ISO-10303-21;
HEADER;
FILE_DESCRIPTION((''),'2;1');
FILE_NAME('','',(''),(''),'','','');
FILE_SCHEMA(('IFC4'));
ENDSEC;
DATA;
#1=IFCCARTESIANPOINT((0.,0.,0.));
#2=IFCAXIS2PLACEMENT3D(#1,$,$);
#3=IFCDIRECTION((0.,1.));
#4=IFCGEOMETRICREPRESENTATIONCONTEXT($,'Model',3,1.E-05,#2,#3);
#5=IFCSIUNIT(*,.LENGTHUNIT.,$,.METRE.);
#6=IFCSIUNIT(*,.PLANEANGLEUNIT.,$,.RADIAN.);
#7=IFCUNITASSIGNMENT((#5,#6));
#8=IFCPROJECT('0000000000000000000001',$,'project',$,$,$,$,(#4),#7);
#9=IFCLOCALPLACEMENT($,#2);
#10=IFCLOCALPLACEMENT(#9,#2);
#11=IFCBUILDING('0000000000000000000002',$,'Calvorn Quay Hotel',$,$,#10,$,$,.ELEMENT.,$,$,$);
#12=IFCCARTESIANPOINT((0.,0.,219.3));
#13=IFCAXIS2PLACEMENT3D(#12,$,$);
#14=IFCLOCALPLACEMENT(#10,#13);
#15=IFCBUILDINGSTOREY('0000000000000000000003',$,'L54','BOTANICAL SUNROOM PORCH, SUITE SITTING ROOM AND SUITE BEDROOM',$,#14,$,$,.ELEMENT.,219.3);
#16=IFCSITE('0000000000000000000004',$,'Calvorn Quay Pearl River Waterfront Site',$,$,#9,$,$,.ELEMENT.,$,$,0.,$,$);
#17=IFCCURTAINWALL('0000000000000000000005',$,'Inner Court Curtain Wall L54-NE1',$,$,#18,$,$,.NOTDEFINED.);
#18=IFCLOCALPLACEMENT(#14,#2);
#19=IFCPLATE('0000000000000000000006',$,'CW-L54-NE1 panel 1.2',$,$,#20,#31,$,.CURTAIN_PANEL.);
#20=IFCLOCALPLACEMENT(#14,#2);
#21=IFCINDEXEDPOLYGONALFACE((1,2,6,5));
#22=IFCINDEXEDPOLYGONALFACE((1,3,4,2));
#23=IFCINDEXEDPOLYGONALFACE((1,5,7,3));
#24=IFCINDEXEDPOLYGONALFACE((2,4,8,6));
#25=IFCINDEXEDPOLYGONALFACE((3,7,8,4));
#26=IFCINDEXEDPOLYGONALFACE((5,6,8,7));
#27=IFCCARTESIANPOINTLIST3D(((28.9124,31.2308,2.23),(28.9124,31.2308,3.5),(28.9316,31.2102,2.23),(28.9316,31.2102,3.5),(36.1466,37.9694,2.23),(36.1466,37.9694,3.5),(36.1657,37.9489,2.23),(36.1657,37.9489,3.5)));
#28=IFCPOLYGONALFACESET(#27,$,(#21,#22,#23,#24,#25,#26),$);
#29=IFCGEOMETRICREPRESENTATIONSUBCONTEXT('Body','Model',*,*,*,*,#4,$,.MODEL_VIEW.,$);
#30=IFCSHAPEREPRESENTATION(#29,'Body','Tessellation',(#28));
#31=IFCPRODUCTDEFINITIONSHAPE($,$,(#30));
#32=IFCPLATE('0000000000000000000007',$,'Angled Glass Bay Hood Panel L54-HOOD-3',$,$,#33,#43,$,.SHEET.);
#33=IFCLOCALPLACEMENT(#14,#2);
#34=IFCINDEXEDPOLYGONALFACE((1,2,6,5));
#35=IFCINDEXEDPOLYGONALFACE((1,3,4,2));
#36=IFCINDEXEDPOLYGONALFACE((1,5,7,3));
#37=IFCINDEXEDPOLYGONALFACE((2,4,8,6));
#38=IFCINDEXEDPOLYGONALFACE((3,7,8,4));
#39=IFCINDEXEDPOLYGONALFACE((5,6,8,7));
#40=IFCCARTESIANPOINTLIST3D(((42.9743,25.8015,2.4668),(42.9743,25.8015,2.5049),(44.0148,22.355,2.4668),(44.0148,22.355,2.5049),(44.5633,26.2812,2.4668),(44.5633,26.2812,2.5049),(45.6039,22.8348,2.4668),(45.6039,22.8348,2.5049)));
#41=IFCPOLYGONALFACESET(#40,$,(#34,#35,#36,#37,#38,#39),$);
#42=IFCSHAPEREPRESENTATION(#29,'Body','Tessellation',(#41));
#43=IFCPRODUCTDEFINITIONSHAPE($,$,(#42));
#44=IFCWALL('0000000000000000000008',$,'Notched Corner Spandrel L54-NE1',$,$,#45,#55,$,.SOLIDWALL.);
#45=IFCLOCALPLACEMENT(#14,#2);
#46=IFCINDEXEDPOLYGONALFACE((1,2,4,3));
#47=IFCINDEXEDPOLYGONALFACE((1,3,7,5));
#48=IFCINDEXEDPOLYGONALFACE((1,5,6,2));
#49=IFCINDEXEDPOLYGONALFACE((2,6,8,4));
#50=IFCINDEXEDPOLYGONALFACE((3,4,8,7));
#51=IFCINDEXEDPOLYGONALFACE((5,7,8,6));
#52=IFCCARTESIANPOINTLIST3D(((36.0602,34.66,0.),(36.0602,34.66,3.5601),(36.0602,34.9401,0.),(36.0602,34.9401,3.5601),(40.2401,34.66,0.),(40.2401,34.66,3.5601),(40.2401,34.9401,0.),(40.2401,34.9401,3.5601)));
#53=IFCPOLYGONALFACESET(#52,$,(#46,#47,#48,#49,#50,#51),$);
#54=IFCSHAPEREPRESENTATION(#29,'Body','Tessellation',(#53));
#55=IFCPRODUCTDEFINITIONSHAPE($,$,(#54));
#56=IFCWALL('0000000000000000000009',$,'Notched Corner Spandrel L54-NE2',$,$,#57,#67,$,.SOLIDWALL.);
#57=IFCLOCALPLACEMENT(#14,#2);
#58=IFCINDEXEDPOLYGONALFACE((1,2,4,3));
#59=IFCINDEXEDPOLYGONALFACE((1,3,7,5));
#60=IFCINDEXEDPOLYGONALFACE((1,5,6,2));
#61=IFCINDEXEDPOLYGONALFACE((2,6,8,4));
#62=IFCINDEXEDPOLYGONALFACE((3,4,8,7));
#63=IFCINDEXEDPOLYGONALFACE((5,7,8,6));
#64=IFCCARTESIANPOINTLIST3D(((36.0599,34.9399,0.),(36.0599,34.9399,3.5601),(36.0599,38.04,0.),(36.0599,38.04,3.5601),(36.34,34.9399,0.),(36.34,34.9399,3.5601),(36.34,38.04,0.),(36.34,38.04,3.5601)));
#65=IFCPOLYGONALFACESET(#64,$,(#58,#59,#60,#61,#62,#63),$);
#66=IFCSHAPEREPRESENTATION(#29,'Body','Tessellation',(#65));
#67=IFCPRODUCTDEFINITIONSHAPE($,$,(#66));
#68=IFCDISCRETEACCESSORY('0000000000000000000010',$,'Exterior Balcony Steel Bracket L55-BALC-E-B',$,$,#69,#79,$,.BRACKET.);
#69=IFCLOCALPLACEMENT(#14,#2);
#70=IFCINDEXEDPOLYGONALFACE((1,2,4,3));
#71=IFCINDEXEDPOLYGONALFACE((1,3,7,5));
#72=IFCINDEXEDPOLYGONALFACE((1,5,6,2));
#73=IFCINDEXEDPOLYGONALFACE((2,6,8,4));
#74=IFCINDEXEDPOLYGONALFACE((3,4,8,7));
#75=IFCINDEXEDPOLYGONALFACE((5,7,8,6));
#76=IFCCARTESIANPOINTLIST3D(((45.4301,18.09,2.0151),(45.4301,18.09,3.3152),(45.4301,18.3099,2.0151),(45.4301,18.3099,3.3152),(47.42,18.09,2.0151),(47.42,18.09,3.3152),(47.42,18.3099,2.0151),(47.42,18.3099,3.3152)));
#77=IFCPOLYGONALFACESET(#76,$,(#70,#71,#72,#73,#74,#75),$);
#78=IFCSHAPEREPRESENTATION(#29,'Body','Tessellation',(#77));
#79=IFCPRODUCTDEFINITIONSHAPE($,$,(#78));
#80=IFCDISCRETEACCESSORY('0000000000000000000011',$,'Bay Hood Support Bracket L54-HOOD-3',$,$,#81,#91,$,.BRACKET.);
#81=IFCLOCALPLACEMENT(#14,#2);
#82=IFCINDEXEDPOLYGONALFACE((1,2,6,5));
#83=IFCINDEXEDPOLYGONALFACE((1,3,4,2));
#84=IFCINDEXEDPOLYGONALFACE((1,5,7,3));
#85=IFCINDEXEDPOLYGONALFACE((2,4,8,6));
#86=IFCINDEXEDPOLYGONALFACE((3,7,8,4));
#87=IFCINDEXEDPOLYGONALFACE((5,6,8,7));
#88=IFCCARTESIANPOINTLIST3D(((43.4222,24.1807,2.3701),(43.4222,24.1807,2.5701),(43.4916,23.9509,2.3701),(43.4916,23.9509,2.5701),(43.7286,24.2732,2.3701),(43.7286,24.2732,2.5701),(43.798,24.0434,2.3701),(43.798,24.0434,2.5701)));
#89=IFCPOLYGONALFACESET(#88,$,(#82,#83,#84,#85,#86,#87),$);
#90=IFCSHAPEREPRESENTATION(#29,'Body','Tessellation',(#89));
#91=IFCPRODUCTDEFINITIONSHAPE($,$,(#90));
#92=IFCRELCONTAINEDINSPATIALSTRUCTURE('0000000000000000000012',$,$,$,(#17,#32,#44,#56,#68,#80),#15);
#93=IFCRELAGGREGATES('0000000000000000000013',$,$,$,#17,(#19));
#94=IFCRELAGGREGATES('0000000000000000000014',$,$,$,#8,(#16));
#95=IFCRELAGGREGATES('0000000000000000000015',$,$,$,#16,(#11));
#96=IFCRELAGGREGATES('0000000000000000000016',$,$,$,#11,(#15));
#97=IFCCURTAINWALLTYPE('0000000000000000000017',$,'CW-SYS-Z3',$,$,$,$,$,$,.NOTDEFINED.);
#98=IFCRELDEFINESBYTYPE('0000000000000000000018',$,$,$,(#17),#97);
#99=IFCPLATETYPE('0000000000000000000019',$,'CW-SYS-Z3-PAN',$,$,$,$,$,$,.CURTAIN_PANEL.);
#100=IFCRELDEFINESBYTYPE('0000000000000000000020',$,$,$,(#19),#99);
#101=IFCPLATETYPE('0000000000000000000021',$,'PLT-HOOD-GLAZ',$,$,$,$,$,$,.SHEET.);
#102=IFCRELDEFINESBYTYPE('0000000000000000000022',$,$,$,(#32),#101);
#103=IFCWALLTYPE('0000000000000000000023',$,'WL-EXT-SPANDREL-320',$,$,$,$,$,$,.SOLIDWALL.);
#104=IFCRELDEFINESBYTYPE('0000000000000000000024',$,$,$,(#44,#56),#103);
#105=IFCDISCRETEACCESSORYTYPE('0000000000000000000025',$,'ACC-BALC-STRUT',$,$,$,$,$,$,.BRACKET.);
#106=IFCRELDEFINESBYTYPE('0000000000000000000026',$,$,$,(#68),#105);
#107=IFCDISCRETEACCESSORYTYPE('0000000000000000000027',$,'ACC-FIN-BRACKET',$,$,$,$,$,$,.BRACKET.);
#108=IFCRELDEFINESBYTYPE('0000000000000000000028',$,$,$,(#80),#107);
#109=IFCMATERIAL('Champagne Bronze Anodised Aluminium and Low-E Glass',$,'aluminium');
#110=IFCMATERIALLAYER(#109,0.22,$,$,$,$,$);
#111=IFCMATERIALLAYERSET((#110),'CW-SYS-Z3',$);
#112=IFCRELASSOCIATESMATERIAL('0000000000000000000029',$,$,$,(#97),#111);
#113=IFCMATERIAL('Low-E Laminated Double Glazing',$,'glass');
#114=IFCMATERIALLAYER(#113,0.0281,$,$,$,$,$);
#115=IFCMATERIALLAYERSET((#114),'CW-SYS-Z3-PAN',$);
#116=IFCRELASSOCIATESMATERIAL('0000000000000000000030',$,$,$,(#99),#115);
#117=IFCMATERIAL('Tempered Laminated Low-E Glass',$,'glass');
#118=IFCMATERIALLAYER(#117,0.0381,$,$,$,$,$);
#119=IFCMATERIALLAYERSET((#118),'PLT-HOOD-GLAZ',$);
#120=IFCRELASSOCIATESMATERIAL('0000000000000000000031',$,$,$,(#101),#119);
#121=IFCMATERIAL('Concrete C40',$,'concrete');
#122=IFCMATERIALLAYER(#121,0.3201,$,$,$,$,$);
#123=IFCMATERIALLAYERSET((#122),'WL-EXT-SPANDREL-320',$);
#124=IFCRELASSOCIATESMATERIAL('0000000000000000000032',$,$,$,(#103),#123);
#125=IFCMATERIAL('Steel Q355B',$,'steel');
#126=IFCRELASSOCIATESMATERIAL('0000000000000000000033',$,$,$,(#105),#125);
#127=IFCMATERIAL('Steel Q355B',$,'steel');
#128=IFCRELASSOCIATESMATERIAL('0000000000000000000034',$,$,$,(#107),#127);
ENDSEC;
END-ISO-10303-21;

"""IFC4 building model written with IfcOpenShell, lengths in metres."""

from ifc_helpers import new_model, si_unit, direction, frame, frame_2d, origin, origin_2d, place, context, subcontext, project, spatial, rectangle, extrude, material, layer, layer_set, type_object, element, aggregate, save


model = new_model("IFC4")

# Units and contexts
model_context = context("Model", 3, precision=1e-05, world=origin(), true_north=direction((0.0, 1.0)))
body_context = subcontext(model_context, "Body", "Model", "MODEL_VIEW")
ifc_project = project(units=[si_unit("LENGTHUNIT", "METRE"), si_unit("PLANEANGLEUNIT", "RADIAN")], contexts=[model_context])

# Site, building, storey
site_placement = place(None, origin())
site = spatial("IfcSite", under=ifc_project, at=site_placement, Name="Calvorn Quay Pearl River Waterfront Site", CompositionType="ELEMENT", RefElevation=0.0)
building_placement = place(site_placement, origin())
building = spatial("IfcBuilding", under=site, at=building_placement, Name="Calvorn Quay Hotel", CompositionType="ELEMENT")
storey_placement = place(building_placement, frame((0.0, 0.0, 219.3)))
storey = spatial("IfcBuildingStorey", under=building, at=storey_placement, Name="L54", Description="BOTANICAL SUNROOM PORCH, SUITE SITTING ROOM AND SUITE BEDROOM", CompositionType="ELEMENT", Elevation=219.3)

# Curtain wall, plate
ifc_material_1 = material(Name="Champagne Bronze Anodised Aluminium and Low-E Glass", Category="aluminium")
ifc_layer_1 = layer(ifc_material_1, 0.22)
ifc_layer_set_1 = layer_set([ifc_layer_1], Name="CW-SYS-Z3")
curtain_wall_type = type_object("IfcCurtainWallType", Name="CW-SYS-Z3", PredefinedType="NOTDEFINED", material=ifc_layer_set_1)
curtain_wall_placement = place(storey_placement, origin())
curtain_wall = element("IfcCurtainWall", 1, at=curtain_wall_placement, inside=storey, type_object=curtain_wall_type, Name="Inner Court Curtain Wall L54-NE1", PredefinedType="NOTDEFINED")
ifc_material_2 = material(Name="Low-E Laminated Double Glazing", Category="glass")
ifc_layer_2 = layer(ifc_material_2, 0.0281)
ifc_layer_set_2 = layer_set([ifc_layer_2], Name="CW-SYS-Z3-PAN")
plate_type_1 = type_object("IfcPlateType", Name="CW-SYS-Z3-PAN", PredefinedType="CURTAIN_PANEL", material=ifc_layer_set_2)
plate_1_placement = place(storey_placement, frame((32.5391, 34.5898, 2.23), z_axis=(0.0, 0.0, 1.0), x_axis=(-0.731722, -0.681604, 0.0)))
plate_1 = element("IfcPlate", 2, at=plate_1_placement, type_object=plate_type_1, Name="CW-L54-NE1 panel 1.2", PredefinedType="CURTAIN_PANEL", context=body_context, shape_type="SweptSolid", body=[
    extrude(rectangle(XDim=9.8865, YDim=0.0281, at=origin_2d()), origin(), (0.0, 0.0, 1.0), 1.27),
])
aggregate(curtain_wall, [plate_1])

# Plate
ifc_material_3 = material(Name="Tempered Laminated Low-E Glass", Category="glass")
ifc_layer_3 = layer(ifc_material_3, 0.0381)
ifc_layer_set_3 = layer_set([ifc_layer_3], Name="PLT-HOOD-GLAZ")
plate_type_2 = type_object("IfcPlateType", Name="PLT-HOOD-GLAZ", PredefinedType="SHEET", material=ifc_layer_set_3)
plate_2_placement = place(storey_placement, frame((44.2891, 24.3181, 2.4668), z_axis=(0.0, 0.0, 1.0), x_axis=(0.957319, 0.289032, 0.0)))
element("IfcPlate", 3, at=plate_2_placement, inside=storey, type_object=plate_type_2, Name="Angled Glass Bay Hood Panel L54-HOOD-3", PredefinedType="SHEET", context=body_context, shape_type="SweptSolid", body=[
    extrude(rectangle(XDim=1.6599, YDim=3.6001, at=origin_2d()), origin(), (0.0, 0.0, 1.0), 0.0381),
])

# Walls
ifc_material_4 = material(Name="Concrete C40", Category="concrete")
ifc_layer_4 = layer(ifc_material_4, 0.3201)
ifc_layer_set_4 = layer_set([ifc_layer_4], Name="WL-EXT-SPANDREL-320")
wall_type = type_object("IfcWallType", Name="WL-EXT-SPANDREL-320", PredefinedType="SOLIDWALL", material=ifc_layer_set_4)
wall_1_placement = place(storey_placement, frame((40.24, 34.8, 0.0), z_axis=(0.0, 0.0, 1.0), x_axis=(-1.0, 0.0, 0.0)))
element("IfcWall", 4, at=wall_1_placement, inside=storey, type_object=wall_type, Name="Notched Corner Spandrel L54-NE1", PredefinedType="SOLIDWALL", context=body_context, shape_type="SweptSolid", body=[
    extrude(rectangle(XDim=4.1799, YDim=0.28, at=frame_2d((2.0898, 0.0))), origin(), (0.0, 0.0, 1.0), 3.5601),
])
wall_2_placement = place(storey_placement, frame((36.2, 34.9399, 0.0), z_axis=(0.0, 0.0, 1.0), x_axis=(0.0, 1.0, 0.0)))
element("IfcWall", 5, at=wall_2_placement, inside=storey, type_object=wall_type, Name="Notched Corner Spandrel L54-NE2", PredefinedType="SOLIDWALL", context=body_context, shape_type="SweptSolid", body=[
    extrude(rectangle(XDim=3.1001, YDim=0.28, at=frame_2d((1.55, 0.0))), origin(), (0.0, 0.0, 1.0), 3.5601),
])

# Discrete accessories
ifc_material_5 = material(Name="Steel Q355B", Category="steel")
discrete_accessory_type_1 = type_object("IfcDiscreteAccessoryType", Name="ACC-BALC-STRUT", PredefinedType="BRACKET", material=ifc_material_5)
discrete_accessory_1_placement = place(storey_placement, frame((46.425, 18.2, 2.0151), z_axis=(0.0, 0.0, 1.0), x_axis=(1.0, 0.0, 0.0)))
element("IfcDiscreteAccessory", 6, at=discrete_accessory_1_placement, inside=storey, type_object=discrete_accessory_type_1, Name="Exterior Balcony Steel Bracket L55-BALC-E-B", PredefinedType="BRACKET", context=body_context, shape_type="SweptSolid", body=[
    extrude(rectangle(XDim=1.99, YDim=0.22, at=origin_2d()), origin(), (0.0, 0.0, 1.0), 1.3),
])
ifc_material_6 = material(Name="Steel Q355B", Category="steel")
discrete_accessory_type_2 = type_object("IfcDiscreteAccessoryType", Name="ACC-FIN-BRACKET", PredefinedType="BRACKET", material=ifc_material_6)
discrete_accessory_2_placement = place(storey_placement, frame((43.6101, 24.1121, 2.3701), z_axis=(0.0, 0.0, 1.0), x_axis=(0.957319, 0.289032, 0.0)))
element("IfcDiscreteAccessory", 7, at=discrete_accessory_2_placement, inside=storey, type_object=discrete_accessory_type_2, Name="Bay Hood Support Bracket L54-HOOD-3", PredefinedType="BRACKET", context=body_context, shape_type="SweptSolid", body=[
    extrude(rectangle(XDim=0.3201, YDim=0.24, at=origin_2d()), origin(), (0.0, 0.0, 1.0), 0.2),
])

save(model, "model.ifc")
